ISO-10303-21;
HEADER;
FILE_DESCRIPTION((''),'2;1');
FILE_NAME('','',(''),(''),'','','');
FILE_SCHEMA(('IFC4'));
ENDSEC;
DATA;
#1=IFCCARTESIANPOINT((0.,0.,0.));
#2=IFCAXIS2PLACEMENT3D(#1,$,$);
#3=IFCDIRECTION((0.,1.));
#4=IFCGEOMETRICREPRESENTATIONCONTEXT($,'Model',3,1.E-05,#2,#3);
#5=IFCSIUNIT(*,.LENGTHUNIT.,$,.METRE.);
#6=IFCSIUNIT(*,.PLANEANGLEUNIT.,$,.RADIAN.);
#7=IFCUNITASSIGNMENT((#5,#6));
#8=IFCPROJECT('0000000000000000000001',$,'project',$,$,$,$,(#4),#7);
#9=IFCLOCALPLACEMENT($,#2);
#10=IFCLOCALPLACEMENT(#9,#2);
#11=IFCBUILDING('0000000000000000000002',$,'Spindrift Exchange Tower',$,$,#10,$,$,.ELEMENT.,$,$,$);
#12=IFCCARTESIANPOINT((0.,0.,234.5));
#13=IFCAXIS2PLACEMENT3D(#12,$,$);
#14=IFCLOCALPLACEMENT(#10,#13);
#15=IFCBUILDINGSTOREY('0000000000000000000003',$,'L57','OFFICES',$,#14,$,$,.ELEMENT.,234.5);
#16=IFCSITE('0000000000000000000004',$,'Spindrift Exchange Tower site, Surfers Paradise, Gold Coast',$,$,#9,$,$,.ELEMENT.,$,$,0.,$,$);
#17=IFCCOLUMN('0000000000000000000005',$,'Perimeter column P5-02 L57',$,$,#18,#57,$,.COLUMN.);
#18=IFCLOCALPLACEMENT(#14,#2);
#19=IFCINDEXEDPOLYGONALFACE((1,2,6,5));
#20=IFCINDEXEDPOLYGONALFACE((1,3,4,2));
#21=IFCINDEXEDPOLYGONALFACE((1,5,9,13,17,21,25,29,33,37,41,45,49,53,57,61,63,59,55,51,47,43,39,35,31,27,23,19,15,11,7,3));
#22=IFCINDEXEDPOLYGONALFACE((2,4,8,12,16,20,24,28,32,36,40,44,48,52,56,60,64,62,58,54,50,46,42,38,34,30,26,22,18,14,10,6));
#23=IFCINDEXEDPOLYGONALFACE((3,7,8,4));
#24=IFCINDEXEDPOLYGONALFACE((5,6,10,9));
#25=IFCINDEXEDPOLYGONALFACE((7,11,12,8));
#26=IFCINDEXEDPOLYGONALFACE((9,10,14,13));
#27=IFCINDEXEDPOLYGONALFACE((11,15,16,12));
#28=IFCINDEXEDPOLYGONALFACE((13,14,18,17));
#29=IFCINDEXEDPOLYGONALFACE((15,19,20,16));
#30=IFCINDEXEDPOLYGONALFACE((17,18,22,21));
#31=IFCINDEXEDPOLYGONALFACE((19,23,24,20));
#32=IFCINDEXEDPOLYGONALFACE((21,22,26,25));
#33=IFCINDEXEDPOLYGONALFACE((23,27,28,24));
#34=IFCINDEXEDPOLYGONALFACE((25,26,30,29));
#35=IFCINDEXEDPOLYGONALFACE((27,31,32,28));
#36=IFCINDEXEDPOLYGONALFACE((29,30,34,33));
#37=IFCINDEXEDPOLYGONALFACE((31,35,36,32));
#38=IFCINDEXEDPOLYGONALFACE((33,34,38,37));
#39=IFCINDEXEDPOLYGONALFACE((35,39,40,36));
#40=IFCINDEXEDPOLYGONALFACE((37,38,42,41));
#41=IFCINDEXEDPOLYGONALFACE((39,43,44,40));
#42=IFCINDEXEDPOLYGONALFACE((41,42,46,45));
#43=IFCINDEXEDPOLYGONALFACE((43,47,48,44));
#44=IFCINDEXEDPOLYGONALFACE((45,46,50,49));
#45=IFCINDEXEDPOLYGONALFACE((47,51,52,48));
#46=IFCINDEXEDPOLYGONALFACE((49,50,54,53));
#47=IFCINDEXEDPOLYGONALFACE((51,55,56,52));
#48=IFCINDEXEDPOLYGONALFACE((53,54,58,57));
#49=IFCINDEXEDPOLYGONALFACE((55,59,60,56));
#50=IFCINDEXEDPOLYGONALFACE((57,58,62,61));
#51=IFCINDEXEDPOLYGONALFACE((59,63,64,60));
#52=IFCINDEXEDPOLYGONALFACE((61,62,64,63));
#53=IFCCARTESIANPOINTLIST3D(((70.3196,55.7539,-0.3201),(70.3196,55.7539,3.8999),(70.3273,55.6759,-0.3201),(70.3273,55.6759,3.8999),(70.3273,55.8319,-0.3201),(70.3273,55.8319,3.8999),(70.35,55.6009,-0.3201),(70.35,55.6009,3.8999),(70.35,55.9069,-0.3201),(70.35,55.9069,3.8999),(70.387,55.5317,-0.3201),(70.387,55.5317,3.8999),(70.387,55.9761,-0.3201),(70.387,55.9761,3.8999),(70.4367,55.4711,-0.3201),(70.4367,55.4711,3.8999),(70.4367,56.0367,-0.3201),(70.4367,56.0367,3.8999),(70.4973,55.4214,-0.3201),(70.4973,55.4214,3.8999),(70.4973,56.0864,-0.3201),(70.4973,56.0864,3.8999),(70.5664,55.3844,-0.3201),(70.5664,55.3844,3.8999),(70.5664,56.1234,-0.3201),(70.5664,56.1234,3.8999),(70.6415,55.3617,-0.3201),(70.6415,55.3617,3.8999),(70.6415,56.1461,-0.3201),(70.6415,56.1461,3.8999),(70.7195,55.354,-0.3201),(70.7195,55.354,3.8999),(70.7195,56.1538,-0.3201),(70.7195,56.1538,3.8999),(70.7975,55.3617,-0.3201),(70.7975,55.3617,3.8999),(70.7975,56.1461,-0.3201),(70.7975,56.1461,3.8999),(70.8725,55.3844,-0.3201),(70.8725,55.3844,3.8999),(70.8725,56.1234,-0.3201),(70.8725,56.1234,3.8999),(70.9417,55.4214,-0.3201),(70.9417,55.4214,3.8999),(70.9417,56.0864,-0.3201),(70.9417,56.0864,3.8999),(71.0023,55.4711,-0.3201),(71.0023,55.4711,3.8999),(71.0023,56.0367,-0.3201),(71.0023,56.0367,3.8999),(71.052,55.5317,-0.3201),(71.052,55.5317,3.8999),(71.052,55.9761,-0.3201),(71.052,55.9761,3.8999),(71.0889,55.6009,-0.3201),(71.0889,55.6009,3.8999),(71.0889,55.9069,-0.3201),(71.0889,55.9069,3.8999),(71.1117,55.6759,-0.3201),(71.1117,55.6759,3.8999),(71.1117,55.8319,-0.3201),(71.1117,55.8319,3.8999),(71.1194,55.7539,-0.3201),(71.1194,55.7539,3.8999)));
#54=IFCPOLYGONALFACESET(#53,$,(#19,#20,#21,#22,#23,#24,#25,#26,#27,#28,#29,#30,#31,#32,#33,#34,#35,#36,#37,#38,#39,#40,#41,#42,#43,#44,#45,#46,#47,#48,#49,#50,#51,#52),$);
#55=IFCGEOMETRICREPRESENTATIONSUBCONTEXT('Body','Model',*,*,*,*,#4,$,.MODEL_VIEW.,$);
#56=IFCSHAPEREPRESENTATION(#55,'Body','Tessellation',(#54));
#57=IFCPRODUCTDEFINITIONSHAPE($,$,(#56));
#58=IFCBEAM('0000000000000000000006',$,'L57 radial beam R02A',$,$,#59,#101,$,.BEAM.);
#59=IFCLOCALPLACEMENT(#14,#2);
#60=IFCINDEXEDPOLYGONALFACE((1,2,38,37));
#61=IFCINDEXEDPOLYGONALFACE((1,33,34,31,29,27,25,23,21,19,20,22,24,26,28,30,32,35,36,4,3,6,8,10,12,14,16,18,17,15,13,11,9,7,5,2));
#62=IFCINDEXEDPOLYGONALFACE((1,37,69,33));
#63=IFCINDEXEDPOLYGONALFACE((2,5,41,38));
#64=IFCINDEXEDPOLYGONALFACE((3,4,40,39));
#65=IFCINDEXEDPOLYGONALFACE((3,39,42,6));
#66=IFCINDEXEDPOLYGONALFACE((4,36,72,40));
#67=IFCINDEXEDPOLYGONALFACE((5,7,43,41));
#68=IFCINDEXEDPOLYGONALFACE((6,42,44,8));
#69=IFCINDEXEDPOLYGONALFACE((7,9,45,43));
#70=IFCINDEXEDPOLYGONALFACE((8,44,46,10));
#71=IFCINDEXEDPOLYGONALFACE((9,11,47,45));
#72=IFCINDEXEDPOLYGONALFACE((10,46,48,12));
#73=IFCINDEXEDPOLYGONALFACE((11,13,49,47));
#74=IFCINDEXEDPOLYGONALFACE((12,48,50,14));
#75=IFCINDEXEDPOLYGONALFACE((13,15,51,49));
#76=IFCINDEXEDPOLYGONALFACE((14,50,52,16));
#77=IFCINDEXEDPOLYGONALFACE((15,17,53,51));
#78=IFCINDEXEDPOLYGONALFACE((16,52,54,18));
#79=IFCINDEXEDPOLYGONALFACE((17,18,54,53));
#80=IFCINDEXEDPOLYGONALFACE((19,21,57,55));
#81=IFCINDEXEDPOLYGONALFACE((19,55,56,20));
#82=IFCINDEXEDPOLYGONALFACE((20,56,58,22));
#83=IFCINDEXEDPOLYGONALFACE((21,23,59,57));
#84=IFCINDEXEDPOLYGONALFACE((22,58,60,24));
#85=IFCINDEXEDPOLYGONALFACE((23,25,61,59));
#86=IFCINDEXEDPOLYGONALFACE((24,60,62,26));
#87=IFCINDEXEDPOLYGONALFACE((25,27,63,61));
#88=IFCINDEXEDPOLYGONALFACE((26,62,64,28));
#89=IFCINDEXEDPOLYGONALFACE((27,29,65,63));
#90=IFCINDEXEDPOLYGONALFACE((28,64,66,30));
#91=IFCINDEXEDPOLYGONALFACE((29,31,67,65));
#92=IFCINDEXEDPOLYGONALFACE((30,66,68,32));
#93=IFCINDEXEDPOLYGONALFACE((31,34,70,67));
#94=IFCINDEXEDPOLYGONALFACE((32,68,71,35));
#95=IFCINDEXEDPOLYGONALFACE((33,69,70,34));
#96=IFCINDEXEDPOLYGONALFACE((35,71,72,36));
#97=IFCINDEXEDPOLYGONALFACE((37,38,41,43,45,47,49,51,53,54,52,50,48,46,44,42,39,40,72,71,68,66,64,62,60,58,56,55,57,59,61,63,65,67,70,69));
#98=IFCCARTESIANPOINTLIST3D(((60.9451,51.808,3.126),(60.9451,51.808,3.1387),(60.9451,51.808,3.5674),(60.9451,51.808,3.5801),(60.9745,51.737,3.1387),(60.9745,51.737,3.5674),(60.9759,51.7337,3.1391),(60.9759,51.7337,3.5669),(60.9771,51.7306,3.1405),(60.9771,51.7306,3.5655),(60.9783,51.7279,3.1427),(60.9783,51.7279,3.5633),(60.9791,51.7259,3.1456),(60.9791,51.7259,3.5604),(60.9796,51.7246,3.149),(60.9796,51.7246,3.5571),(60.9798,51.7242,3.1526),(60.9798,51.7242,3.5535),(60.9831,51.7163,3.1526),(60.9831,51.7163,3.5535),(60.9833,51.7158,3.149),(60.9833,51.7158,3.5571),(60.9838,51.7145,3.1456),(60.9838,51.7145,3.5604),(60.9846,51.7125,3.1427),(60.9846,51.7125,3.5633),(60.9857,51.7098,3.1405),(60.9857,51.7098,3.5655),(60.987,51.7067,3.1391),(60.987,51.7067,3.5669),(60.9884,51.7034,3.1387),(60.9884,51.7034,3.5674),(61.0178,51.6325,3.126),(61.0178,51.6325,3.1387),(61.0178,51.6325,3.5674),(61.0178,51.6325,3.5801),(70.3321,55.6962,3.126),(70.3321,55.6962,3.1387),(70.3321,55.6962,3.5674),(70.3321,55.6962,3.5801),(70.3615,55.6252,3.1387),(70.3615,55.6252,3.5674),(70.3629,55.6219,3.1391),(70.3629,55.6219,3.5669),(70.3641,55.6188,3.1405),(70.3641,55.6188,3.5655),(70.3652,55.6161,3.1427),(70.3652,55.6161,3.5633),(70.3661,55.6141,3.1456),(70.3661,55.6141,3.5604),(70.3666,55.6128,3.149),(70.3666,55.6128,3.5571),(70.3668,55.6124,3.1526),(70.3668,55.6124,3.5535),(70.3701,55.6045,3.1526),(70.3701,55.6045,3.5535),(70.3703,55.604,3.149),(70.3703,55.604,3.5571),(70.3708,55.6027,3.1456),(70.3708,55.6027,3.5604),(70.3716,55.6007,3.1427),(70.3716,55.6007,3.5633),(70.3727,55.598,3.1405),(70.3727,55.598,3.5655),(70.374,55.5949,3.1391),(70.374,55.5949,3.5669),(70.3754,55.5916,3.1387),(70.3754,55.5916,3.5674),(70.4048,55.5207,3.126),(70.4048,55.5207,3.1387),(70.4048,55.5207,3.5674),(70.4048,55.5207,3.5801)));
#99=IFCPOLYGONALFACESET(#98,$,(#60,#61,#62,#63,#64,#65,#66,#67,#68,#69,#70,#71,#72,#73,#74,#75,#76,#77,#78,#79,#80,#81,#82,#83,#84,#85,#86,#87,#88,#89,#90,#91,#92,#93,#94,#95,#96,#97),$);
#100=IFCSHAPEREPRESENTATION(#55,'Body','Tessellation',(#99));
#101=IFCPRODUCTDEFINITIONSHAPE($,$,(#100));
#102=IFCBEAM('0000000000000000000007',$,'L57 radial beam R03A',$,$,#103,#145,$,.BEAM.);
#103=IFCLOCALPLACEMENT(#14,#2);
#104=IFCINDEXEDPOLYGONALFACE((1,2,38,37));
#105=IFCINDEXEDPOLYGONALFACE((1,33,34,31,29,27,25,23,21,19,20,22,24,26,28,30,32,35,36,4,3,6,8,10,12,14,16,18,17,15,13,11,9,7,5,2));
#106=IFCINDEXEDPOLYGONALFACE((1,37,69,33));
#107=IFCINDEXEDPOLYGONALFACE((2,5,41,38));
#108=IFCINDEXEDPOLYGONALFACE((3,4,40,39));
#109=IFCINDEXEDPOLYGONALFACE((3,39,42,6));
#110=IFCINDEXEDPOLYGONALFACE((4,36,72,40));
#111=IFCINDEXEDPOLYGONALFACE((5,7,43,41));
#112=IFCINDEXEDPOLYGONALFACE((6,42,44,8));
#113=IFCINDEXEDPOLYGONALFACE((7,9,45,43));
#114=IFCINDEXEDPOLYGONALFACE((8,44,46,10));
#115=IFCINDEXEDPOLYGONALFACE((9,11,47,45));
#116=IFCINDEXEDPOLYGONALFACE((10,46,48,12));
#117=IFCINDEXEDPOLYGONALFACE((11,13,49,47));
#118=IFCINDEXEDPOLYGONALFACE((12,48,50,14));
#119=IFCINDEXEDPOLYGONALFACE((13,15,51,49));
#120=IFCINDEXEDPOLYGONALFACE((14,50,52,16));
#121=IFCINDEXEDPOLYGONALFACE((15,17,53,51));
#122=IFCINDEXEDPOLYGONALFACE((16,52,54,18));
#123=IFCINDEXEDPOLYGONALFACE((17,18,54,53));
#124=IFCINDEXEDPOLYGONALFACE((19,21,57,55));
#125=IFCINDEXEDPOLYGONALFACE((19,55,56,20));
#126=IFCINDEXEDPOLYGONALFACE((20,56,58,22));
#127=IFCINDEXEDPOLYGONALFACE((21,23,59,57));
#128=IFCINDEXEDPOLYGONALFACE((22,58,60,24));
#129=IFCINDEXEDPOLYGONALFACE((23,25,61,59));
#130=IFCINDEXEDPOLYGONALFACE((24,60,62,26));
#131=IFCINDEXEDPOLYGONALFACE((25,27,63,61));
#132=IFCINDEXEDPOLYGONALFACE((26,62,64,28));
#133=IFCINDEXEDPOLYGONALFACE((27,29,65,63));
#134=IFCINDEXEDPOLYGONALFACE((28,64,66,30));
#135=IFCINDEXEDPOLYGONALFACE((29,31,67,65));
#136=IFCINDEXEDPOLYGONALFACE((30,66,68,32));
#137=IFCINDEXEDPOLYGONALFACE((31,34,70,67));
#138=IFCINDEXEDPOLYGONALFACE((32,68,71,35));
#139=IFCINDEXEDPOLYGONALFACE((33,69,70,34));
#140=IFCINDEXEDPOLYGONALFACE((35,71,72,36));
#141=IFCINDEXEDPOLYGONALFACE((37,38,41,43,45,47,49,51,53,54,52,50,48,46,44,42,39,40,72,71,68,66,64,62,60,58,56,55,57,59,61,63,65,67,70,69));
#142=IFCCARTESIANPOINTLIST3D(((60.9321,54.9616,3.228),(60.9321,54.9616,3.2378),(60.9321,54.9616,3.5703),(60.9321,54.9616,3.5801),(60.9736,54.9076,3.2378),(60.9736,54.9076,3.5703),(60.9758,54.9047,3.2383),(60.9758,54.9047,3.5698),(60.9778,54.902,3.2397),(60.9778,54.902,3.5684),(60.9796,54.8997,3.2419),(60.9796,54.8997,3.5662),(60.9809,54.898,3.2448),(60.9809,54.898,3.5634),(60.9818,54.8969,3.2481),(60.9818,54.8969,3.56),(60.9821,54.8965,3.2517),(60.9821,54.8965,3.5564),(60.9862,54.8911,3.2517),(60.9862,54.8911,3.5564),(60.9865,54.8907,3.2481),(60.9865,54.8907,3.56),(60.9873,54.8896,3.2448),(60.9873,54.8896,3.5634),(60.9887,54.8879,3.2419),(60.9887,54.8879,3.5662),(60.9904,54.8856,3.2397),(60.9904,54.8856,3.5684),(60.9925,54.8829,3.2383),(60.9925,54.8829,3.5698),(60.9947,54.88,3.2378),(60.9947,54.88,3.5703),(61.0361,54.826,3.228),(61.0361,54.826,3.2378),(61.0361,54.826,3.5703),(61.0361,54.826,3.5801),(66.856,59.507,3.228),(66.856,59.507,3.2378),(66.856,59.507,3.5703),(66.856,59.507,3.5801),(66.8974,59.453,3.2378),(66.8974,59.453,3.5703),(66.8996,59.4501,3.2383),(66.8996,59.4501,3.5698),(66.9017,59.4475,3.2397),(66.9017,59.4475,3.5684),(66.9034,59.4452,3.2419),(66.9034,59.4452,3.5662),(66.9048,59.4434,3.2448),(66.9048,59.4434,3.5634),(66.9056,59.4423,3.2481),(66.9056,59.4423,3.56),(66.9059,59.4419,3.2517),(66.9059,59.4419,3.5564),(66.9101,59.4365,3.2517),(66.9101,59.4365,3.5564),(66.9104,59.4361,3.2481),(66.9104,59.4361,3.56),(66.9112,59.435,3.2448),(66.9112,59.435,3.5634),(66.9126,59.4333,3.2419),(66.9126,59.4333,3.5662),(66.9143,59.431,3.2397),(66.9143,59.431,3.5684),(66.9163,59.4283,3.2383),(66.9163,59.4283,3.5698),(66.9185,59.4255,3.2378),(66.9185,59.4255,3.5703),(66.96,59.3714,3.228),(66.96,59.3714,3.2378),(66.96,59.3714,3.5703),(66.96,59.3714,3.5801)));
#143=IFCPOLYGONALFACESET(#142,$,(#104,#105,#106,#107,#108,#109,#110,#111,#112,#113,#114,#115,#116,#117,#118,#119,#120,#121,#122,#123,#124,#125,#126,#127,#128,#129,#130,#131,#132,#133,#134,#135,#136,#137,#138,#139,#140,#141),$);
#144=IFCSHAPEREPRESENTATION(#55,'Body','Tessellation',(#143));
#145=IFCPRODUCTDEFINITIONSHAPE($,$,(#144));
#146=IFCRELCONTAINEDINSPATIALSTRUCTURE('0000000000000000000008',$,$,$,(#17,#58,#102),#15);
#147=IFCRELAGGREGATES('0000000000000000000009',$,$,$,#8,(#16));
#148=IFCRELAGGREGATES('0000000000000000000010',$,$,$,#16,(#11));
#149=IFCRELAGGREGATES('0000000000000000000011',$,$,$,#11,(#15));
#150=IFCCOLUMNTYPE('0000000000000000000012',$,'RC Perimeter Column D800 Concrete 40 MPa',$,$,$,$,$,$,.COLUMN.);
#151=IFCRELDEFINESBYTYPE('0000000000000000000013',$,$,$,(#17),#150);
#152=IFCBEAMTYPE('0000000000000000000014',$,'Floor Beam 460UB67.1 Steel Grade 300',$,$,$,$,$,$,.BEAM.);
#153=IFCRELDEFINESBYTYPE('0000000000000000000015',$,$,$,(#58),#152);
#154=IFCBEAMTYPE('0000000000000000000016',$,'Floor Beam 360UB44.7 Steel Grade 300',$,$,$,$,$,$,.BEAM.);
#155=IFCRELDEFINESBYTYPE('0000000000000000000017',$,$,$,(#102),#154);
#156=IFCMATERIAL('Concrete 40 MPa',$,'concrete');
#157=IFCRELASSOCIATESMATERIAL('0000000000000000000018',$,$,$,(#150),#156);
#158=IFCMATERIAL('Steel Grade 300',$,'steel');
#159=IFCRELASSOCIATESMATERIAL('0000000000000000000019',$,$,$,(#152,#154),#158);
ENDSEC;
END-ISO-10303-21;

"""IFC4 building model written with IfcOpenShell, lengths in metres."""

from ifc_helpers import new_model, si_unit, direction, frame, origin, origin_2d, place, context, subcontext, project, spatial, circle, i_section, extrude, source, transform, mapped, material, material_profile, profile_set, type_object, element, save


model = new_model("IFC4")

# Units and contexts
model_context = context("Model", 3, precision=1e-05, world=origin(), true_north=direction((0.0, 1.0)))
body_context = subcontext(model_context, "Body", "Model", "MODEL_VIEW")
ifc_project = project(units=[si_unit("LENGTHUNIT", "METRE"), si_unit("PLANEANGLEUNIT", "RADIAN")], contexts=[model_context])

# Site, building, storey
site_placement = place(None, origin())
site = spatial("IfcSite", under=ifc_project, at=site_placement, Name="Spindrift Exchange Tower site, Surfers Paradise, Gold Coast", CompositionType="ELEMENT", RefElevation=0.0)
building_placement = place(site_placement, origin())
building = spatial("IfcBuilding", under=site, at=building_placement, Name="Spindrift Exchange Tower", CompositionType="ELEMENT")
storey_placement = place(building_placement, frame((0.0, 0.0, 234.5)))
storey = spatial("IfcBuildingStorey", under=building, at=storey_placement, Name="L57", Description="OFFICES", CompositionType="ELEMENT", Elevation=234.5)

# Column
ifc_material_1 = material(Name="Concrete 40 MPa", Category="concrete")
ifc_material_profile_1 = material_profile(ifc_material_1, circle(Radius=0.3999, at=origin_2d()), Name="RC D800")
ifc_profile_set_1 = profile_set([ifc_material_profile_1], Name="Concrete 40 MPa")
column_type = type_object("IfcColumnType", Name="RC Perimeter Column D800 Concrete 40 MPa", PredefinedType="COLUMN", material=ifc_profile_set_1)
shared_shape_1 = source(origin(), body_context, "Body", "SweptSolid", [
    extrude(circle(Radius=0.3999, at=origin_2d()), origin(), (0.0, 0.0, 1.0), 4.22),
])
column_placement = place(storey_placement, frame((70.7195, 55.7539, -0.3201), z_axis=(0.0, 0.0, 1.0), x_axis=(1.0, 0.0, 0.0)))
element("IfcColumn", 1, at=column_placement, inside=storey, type_object=column_type, Name="Perimeter column P5-02 L57", PredefinedType="COLUMN", context=body_context, shape_type="MappedRepresentation", body=[
    mapped(shared_shape_1, transform((0.0, 0.0, 0.0), scale=1.0)),
])

# Beams
ifc_material_2 = material(Name="Steel Grade 300", Category="steel")
ifc_material_profile_2 = material_profile(ifc_material_2, i_section(OverallWidth=0.1899, OverallDepth=0.4541, WebThickness=0.0085, FlangeThickness=0.0127, FilletRadius=0.0139, at=origin_2d()), Name="460UB67.1")
ifc_profile_set_2 = profile_set([ifc_material_profile_2], Name="Steel Grade 300")
beam_type_1 = type_object("IfcBeamType", Name="Floor Beam 460UB67.1 Steel Grade 300", PredefinedType="BEAM", material=ifc_profile_set_2)
shared_shape_2 = source(origin(), body_context, "Body", "SweptSolid", [
    extrude(i_section(OverallWidth=0.1899, OverallDepth=0.4541, WebThickness=0.0085, FlangeThickness=0.0127, FilletRadius=0.0139, at=origin_2d()), origin(), (0.0, 0.0, 1.0), 10.1604),
])
beam_1_placement = place(storey_placement, frame((60.9814, 51.7202, 3.353), z_axis=(0.92388, 0.382681, 0.0), x_axis=(-0.382681, 0.92388, 0.0)))
element("IfcBeam", 2, at=beam_1_placement, inside=storey, type_object=beam_type_1, Name="L57 radial beam R02A", PredefinedType="BEAM", context=body_context, shape_type="MappedRepresentation", body=[
    mapped(shared_shape_2, transform((0.0, 0.0, 0.0), scale=1.0)),
])
ifc_material_profile_3 = material_profile(ifc_material_2, i_section(OverallWidth=0.1709, OverallDepth=0.3521, WebThickness=0.0068, FlangeThickness=0.0098, FilletRadius=0.0139, at=origin_2d()), Name="360UB44.7")
ifc_profile_set_3 = profile_set([ifc_material_profile_3], Name="Steel Grade 300")
beam_type_2 = type_object("IfcBeamType", Name="Floor Beam 360UB44.7 Steel Grade 300", PredefinedType="BEAM", material=ifc_profile_set_3)
shared_shape_3 = source(origin(), body_context, "Body", "SweptSolid", [
    extrude(i_section(OverallWidth=0.1709, OverallDepth=0.3521, WebThickness=0.0068, FlangeThickness=0.0098, FilletRadius=0.0139, at=origin_2d()), origin(), (0.0, 0.0, 1.0), 7.4668),
])
beam_2_placement = place(storey_placement, frame((60.9841, 54.8938, 3.4041), z_axis=(0.79336, 0.608753, 0.0), x_axis=(-0.608753, 0.79336, 0.0)))
element("IfcBeam", 3, at=beam_2_placement, inside=storey, type_object=beam_type_2, Name="L57 radial beam R03A", PredefinedType="BEAM", context=body_context, shape_type="MappedRepresentation", body=[
    mapped(shared_shape_3, transform((0.0, 0.0, 0.0), scale=1.0)),
])

save(model, "model.ifc")
